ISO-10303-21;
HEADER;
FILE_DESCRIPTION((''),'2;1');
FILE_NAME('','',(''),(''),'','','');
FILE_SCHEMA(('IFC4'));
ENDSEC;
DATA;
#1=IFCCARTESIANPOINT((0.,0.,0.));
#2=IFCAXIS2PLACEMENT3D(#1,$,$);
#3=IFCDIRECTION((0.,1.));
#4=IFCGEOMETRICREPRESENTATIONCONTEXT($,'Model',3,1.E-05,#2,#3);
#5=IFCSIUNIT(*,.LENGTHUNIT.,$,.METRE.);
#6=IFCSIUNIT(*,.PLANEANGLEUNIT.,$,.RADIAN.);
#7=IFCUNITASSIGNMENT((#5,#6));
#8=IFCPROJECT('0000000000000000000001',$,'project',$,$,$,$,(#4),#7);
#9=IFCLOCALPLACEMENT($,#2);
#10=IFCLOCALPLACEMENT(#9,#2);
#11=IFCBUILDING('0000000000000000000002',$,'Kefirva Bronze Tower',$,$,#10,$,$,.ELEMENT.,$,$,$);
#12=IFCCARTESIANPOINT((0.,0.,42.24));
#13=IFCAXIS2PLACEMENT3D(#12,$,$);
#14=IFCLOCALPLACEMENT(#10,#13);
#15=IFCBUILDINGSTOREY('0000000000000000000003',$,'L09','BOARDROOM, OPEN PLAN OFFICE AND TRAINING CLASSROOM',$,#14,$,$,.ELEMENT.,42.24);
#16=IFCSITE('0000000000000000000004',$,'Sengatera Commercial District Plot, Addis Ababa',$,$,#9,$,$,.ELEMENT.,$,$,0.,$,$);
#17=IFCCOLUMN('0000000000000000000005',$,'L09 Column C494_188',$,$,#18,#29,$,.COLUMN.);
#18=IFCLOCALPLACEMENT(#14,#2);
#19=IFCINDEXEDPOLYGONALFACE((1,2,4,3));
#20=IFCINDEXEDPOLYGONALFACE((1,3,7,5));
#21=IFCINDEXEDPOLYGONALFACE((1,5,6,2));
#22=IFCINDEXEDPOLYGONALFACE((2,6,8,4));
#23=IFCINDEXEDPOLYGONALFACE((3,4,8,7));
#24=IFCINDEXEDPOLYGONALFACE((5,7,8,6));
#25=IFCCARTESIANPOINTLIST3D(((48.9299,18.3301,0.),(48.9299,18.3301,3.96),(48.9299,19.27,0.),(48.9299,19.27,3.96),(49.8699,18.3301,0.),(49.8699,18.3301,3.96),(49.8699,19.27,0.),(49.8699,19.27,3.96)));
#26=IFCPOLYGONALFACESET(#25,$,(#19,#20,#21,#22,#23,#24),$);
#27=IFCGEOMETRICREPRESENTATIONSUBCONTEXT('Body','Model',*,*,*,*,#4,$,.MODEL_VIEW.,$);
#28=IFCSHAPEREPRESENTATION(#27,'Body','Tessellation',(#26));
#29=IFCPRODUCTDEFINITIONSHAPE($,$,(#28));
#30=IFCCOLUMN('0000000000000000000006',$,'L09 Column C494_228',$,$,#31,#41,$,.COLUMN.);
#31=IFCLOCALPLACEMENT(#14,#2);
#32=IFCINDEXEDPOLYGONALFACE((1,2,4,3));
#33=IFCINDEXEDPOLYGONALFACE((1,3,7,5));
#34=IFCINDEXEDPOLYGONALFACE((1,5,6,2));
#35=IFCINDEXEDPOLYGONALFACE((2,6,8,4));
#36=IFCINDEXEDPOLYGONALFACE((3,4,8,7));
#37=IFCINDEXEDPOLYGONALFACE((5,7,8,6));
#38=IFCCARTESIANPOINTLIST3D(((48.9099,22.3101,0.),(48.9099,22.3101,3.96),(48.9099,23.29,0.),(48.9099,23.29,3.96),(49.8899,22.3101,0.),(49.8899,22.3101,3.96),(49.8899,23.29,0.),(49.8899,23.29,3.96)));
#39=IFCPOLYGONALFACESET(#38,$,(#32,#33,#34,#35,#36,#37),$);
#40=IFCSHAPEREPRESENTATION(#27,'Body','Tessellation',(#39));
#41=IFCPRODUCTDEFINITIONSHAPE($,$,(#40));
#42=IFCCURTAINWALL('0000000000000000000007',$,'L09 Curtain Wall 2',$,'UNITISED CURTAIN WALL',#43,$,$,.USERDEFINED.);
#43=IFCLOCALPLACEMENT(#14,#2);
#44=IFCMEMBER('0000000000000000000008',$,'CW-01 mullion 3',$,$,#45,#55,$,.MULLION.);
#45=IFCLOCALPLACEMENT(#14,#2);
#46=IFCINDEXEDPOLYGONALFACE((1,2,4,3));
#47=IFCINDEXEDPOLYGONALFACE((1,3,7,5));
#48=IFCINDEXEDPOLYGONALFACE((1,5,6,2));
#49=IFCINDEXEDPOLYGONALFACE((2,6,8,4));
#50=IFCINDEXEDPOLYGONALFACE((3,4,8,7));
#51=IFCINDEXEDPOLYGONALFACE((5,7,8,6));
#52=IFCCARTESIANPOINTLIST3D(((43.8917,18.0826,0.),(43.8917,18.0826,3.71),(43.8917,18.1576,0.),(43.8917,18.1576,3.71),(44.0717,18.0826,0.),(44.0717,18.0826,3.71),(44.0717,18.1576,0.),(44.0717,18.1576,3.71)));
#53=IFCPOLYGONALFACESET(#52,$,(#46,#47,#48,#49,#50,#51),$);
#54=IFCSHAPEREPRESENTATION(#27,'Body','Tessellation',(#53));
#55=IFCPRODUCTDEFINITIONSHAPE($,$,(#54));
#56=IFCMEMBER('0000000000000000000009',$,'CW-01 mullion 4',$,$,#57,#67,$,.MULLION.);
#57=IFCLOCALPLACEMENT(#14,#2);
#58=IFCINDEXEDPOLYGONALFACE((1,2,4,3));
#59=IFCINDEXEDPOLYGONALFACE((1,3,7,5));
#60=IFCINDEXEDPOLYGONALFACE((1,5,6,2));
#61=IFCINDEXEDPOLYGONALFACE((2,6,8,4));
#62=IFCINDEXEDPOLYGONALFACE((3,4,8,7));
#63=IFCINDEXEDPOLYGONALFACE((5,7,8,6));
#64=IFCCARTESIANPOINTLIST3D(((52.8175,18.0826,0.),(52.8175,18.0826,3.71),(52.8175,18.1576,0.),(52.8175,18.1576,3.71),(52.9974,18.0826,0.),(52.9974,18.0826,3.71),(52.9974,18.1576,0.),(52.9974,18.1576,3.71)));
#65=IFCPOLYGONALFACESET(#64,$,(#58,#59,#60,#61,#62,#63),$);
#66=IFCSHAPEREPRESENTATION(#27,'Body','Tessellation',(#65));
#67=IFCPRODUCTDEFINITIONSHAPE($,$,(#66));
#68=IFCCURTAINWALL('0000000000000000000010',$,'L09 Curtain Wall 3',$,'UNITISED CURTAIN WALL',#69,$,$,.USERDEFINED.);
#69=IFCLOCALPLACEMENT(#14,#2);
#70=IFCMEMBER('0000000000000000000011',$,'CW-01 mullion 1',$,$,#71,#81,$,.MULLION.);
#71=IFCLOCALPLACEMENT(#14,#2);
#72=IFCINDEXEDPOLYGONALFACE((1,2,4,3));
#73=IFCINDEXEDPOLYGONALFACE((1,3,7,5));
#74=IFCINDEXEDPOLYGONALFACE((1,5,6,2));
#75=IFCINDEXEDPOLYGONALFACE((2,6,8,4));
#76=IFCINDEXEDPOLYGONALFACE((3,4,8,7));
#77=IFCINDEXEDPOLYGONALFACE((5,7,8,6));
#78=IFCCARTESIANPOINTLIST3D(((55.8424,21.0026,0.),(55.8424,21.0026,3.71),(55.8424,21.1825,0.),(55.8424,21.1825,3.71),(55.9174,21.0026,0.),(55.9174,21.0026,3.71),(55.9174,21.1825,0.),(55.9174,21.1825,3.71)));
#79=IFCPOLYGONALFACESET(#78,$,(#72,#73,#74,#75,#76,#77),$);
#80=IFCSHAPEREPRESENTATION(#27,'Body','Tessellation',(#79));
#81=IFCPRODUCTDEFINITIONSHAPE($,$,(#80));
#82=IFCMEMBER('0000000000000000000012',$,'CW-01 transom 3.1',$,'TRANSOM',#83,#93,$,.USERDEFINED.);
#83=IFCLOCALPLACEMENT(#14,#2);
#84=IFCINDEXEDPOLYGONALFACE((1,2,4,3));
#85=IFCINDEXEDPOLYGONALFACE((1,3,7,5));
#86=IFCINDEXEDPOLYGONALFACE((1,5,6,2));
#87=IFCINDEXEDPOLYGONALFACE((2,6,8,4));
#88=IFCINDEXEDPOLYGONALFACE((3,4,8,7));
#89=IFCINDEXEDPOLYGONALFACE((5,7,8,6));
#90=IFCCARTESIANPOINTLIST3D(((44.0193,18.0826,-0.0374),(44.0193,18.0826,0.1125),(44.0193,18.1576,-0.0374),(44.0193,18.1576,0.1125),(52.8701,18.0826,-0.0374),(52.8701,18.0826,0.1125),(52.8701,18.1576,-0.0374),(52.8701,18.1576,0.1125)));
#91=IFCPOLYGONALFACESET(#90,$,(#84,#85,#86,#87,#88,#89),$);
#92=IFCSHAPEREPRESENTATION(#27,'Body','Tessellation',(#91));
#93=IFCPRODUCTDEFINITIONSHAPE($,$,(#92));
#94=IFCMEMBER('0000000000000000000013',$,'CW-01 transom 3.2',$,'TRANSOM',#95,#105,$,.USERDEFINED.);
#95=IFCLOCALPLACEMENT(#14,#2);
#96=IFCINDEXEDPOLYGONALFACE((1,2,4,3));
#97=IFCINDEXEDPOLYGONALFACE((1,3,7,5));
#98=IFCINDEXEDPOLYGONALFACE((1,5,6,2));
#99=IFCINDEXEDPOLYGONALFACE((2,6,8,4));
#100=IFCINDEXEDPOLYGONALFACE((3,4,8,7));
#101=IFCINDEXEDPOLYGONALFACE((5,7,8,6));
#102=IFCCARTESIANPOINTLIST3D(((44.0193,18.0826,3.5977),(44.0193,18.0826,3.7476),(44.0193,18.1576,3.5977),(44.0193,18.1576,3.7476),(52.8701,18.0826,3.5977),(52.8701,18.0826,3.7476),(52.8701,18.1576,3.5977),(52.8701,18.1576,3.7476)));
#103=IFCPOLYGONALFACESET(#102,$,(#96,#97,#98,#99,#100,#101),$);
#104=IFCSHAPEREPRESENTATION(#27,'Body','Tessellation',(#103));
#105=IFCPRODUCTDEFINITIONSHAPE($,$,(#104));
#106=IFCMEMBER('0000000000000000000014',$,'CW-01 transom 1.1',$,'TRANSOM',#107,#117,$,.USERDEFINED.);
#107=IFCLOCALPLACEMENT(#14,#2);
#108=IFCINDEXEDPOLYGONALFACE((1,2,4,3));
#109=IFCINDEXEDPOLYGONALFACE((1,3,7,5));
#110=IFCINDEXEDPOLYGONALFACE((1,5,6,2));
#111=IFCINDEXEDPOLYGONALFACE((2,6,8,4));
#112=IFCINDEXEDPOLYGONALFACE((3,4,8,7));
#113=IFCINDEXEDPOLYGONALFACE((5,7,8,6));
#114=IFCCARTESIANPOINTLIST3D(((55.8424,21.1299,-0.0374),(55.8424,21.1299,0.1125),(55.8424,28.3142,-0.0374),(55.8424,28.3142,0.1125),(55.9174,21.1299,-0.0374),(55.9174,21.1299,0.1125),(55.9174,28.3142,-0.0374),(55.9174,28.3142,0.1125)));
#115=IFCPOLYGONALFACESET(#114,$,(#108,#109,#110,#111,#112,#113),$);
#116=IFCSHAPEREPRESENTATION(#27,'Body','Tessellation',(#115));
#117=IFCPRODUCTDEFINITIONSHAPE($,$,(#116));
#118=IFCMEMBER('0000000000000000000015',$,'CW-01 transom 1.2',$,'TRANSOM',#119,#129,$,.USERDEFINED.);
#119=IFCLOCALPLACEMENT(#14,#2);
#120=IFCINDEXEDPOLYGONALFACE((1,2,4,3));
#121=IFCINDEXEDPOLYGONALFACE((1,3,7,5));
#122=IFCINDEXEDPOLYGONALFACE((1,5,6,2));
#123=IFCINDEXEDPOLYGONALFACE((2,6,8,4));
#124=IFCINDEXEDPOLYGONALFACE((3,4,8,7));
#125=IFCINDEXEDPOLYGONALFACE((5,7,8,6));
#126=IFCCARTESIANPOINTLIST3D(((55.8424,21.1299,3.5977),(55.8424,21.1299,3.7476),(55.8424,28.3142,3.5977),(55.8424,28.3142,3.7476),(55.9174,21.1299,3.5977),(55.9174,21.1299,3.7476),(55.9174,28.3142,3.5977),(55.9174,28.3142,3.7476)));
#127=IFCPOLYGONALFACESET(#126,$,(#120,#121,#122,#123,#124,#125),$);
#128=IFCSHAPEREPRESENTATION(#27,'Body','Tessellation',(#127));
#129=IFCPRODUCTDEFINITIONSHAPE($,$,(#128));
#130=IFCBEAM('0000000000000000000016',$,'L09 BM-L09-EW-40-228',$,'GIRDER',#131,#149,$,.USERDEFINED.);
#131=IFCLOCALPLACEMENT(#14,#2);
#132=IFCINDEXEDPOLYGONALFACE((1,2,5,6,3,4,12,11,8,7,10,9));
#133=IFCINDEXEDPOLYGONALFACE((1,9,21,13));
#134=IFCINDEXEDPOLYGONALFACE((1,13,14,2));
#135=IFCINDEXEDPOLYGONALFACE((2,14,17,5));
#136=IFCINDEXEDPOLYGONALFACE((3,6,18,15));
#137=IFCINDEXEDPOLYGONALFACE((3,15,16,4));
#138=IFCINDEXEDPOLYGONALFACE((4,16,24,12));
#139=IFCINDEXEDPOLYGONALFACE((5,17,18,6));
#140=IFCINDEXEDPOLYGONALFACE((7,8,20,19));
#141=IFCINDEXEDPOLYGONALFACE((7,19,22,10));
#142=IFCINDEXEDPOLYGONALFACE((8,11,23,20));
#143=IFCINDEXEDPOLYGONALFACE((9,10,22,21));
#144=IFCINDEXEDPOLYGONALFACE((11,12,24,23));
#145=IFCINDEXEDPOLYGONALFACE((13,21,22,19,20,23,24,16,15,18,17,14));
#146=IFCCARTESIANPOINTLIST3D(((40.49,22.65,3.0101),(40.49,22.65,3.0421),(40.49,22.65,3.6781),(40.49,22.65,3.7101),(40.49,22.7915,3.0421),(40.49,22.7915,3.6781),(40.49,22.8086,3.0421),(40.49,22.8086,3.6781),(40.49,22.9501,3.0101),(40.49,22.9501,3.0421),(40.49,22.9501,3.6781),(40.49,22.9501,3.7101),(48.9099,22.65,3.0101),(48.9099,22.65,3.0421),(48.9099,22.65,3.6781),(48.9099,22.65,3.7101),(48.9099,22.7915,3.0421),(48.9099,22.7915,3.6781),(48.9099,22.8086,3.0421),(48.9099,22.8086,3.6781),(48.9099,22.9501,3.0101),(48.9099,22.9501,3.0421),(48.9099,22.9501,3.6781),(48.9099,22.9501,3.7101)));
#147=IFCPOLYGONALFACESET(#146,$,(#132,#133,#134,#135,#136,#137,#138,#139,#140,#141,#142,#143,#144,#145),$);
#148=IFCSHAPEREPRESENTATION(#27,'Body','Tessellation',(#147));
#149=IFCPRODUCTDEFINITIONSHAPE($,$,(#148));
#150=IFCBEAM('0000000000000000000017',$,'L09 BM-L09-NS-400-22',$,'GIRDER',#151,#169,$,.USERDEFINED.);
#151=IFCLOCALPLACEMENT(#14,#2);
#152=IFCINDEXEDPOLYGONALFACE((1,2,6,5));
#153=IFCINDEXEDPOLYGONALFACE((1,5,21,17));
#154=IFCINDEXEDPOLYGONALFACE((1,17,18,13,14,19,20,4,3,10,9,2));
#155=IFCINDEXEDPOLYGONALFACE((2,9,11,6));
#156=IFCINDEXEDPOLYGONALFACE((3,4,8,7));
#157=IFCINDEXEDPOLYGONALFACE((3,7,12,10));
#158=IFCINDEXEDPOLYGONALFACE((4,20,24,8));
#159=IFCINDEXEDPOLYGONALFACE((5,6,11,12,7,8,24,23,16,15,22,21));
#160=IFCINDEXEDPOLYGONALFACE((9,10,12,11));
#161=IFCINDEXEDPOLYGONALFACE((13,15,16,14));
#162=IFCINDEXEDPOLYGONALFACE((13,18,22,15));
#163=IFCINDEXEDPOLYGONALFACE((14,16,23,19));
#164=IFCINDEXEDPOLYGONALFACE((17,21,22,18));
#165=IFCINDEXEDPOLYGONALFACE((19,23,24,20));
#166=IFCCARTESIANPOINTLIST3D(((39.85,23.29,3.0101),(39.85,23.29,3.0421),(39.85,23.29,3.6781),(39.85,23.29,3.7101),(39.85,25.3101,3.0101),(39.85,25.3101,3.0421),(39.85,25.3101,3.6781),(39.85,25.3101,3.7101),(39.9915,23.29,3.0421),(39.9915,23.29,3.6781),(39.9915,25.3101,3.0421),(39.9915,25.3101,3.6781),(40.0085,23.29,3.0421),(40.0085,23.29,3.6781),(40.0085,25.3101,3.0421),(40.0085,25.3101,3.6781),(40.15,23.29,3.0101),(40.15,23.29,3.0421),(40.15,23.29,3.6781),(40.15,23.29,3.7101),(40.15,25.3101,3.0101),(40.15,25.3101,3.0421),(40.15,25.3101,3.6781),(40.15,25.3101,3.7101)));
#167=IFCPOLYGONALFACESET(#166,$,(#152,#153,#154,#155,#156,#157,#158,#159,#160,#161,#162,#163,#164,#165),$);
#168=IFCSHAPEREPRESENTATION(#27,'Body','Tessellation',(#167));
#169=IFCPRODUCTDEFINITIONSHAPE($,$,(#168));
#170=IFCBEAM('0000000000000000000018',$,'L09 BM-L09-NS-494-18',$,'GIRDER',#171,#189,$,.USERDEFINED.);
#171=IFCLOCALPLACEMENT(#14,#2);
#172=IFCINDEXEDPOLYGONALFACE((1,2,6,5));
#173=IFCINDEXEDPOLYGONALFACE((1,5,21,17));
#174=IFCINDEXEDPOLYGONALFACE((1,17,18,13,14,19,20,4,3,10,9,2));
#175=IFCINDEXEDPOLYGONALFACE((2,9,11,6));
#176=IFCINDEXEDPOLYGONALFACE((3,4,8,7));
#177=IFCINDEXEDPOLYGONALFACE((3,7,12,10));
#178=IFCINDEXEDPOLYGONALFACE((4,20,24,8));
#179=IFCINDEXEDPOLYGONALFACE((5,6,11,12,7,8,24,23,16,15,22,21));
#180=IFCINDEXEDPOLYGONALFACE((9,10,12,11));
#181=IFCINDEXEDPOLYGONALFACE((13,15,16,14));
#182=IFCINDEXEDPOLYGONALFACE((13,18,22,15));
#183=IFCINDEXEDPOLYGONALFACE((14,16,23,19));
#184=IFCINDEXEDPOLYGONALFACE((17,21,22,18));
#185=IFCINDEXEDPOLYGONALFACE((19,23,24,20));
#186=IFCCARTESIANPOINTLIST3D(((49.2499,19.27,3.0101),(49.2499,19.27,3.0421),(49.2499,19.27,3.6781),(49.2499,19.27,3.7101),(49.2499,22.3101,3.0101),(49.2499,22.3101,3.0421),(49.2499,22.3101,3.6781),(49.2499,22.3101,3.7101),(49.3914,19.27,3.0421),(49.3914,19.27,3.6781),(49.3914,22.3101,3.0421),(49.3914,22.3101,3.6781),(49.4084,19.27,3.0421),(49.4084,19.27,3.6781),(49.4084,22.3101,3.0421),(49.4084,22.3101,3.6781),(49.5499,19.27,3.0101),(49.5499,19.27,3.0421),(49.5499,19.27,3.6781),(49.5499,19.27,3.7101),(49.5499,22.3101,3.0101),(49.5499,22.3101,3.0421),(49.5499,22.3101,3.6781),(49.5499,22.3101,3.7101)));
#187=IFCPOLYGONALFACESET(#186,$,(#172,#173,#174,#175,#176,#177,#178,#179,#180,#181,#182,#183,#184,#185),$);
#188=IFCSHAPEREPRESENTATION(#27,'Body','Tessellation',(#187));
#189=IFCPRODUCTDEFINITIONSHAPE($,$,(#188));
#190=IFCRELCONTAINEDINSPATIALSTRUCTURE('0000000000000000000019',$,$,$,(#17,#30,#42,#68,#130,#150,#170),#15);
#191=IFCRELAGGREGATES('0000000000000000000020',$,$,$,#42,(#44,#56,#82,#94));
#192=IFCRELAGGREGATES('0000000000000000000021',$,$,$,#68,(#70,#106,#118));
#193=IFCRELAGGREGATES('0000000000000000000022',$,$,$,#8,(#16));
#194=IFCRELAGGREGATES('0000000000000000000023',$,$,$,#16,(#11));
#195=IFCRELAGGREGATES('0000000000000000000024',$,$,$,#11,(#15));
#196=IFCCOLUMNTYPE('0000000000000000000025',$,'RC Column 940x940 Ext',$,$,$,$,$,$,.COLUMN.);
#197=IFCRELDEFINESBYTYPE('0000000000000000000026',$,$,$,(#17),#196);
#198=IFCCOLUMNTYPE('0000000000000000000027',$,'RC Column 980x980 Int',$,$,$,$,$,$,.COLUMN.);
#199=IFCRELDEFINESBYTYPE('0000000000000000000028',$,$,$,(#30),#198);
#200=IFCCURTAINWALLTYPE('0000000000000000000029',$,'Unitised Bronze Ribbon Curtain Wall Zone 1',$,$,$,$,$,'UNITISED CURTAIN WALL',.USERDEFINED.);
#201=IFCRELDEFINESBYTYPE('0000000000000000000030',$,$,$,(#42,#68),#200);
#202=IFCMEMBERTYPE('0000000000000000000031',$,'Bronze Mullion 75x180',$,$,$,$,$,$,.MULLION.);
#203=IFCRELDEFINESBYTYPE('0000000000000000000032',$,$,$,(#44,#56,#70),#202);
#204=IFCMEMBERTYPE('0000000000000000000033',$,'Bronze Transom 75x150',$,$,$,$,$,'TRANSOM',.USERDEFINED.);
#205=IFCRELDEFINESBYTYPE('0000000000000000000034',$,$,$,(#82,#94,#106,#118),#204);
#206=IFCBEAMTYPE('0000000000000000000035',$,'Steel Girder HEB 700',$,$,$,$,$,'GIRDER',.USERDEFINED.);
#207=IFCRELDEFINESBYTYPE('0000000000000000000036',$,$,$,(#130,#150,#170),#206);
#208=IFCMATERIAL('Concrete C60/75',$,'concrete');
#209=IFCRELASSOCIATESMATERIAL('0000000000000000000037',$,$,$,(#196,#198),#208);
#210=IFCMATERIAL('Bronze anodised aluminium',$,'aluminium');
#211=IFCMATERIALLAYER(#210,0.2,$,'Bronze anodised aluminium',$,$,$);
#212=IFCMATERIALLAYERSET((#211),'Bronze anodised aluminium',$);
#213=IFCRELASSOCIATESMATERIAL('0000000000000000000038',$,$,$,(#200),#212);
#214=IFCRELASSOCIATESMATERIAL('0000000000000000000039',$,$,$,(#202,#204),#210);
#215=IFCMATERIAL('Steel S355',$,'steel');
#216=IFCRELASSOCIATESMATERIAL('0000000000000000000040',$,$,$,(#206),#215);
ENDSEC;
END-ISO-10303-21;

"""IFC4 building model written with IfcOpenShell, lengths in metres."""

from ifc_helpers import new_model, si_unit, direction, frame, origin, origin_2d, place, context, subcontext, project, spatial, rectangle, i_section, extrude, material, layer, layer_set, material_profile, profile_set, type_object, element, aggregate, save


model = new_model("IFC4")

# Units and contexts
model_context = context("Model", 3, precision=1e-05, world=origin(), true_north=direction((0.0, 1.0)))
body_context = subcontext(model_context, "Body", "Model", "MODEL_VIEW")
ifc_project = project(units=[si_unit("LENGTHUNIT", "METRE"), si_unit("PLANEANGLEUNIT", "RADIAN")], contexts=[model_context])

# Site, building, storey
site_placement = place(None, origin())
site = spatial("IfcSite", under=ifc_project, at=site_placement, Name="Sengatera Commercial District Plot, Addis Ababa", CompositionType="ELEMENT", RefElevation=0.0)
building_placement = place(site_placement, origin())
building = spatial("IfcBuilding", under=site, at=building_placement, Name="Kefirva Bronze Tower", CompositionType="ELEMENT")
storey_placement = place(building_placement, frame((0.0, 0.0, 42.24)))
storey = spatial("IfcBuildingStorey", under=building, at=storey_placement, Name="L09", Description="BOARDROOM, OPEN PLAN OFFICE AND TRAINING CLASSROOM", CompositionType="ELEMENT", Elevation=42.24)

# Columns
ifc_material_1 = material(Name="Concrete C60/75", Category="concrete")
ifc_material_profile_1 = material_profile(ifc_material_1, rectangle(XDim=0.9399, YDim=0.9399, at=origin_2d()), Name="RC 940x940")
ifc_profile_set_1 = profile_set([ifc_material_profile_1], Name="Concrete C60/75")
column_type_1 = type_object("IfcColumnType", Name="RC Column 940x940 Ext", PredefinedType="COLUMN", material=ifc_profile_set_1)
column_1_placement = place(storey_placement, frame((49.3999, 18.8, 0.0), z_axis=(0.0, 0.0, 1.0), x_axis=(1.0, 0.0, 0.0)))
element("IfcColumn", 1, at=column_1_placement, inside=storey, type_object=column_type_1, Name="L09 Column C494_188", PredefinedType="COLUMN", context=body_context, shape_type="SweptSolid", body=[
    extrude(rectangle(XDim=0.9399, YDim=0.9399, at=origin_2d()), origin(), (0.0, 0.0, 1.0), 3.96),
])
ifc_material_profile_2 = material_profile(ifc_material_1, rectangle(XDim=0.98, YDim=0.98, at=origin_2d()), Name="RC 980x980")
ifc_profile_set_2 = profile_set([ifc_material_profile_2], Name="Concrete C60/75")
column_type_2 = type_object("IfcColumnType", Name="RC Column 980x980 Int", PredefinedType="COLUMN", material=ifc_profile_set_2)
column_2_placement = place(storey_placement, frame((49.3999, 22.8, 0.0), z_axis=(0.0, 0.0, 1.0), x_axis=(1.0, 0.0, 0.0)))
element("IfcColumn", 2, at=column_2_placement, inside=storey, type_object=column_type_2, Name="L09 Column C494_228", PredefinedType="COLUMN", context=body_context, shape_type="SweptSolid", body=[
    extrude(rectangle(XDim=0.98, YDim=0.98, at=origin_2d()), origin(), (0.0, 0.0, 1.0), 3.96),
])

# Curtain wall, members
ifc_material_2 = material(Name="Bronze anodised aluminium", Category="aluminium")
ifc_layer_1 = layer(ifc_material_2, 0.2, Name="Bronze anodised aluminium")
ifc_layer_set_1 = layer_set([ifc_layer_1], Name="Bronze anodised aluminium")
curtain_wall_type = type_object("IfcCurtainWallType", Name="Unitised Bronze Ribbon Curtain Wall Zone 1", ElementType="UNITISED CURTAIN WALL", PredefinedType="USERDEFINED", material=ifc_layer_set_1)
curtain_wall_1_placement = place(storey_placement, origin())
curtain_wall_1 = element("IfcCurtainWall", 3, at=curtain_wall_1_placement, inside=storey, type_object=curtain_wall_type, Name="L09 Curtain Wall 2", ObjectType="UNITISED CURTAIN WALL", PredefinedType="USERDEFINED")
ifc_material_profile_3 = material_profile(ifc_material_2, rectangle(XDim=0.075, YDim=0.1799, at=origin_2d()), Name="ALU 75x180")
ifc_profile_set_3 = profile_set([ifc_material_profile_3], Name="Bronze anodised aluminium")
member_type_1 = type_object("IfcMemberType", Name="Bronze Mullion 75x180", PredefinedType="MULLION", material=ifc_profile_set_3)
member_1_placement = place(storey_placement, frame((43.9817, 18.1201, 0.0), z_axis=(0.0, 0.0, 1.0), x_axis=(0.0, 1.0, 0.0)))
member_1 = element("IfcMember", 4, at=member_1_placement, type_object=member_type_1, Name="CW-01 mullion 3", PredefinedType="MULLION", context=body_context, shape_type="SweptSolid", body=[
    extrude(rectangle(XDim=0.075, YDim=0.1799, at=origin_2d()), origin(), (0.0, 0.0, 1.0), 3.71),
])
member_2_placement = place(storey_placement, frame((52.9075, 18.1201, 0.0), z_axis=(0.0, 0.0, 1.0), x_axis=(0.0, 1.0, 0.0)))
member_2 = element("IfcMember", 5, at=member_2_placement, type_object=member_type_1, Name="CW-01 mullion 4", PredefinedType="MULLION", context=body_context, shape_type="SweptSolid", body=[
    extrude(rectangle(XDim=0.075, YDim=0.1799, at=origin_2d()), origin(), (0.0, 0.0, 1.0), 3.71),
])

# Curtain wall, member
curtain_wall_2_placement = place(storey_placement, origin())
curtain_wall_2 = element("IfcCurtainWall", 6, at=curtain_wall_2_placement, inside=storey, type_object=curtain_wall_type, Name="L09 Curtain Wall 3", ObjectType="UNITISED CURTAIN WALL", PredefinedType="USERDEFINED")
member_3_placement = place(storey_placement, frame((55.8799, 21.0925, 0.0), z_axis=(0.0, 0.0, 1.0), x_axis=(-1.0, 0.0, 0.0)))
member_3 = element("IfcMember", 7, at=member_3_placement, type_object=member_type_1, Name="CW-01 mullion 1", PredefinedType="MULLION", context=body_context, shape_type="SweptSolid", body=[
    extrude(rectangle(XDim=0.075, YDim=0.1799, at=origin_2d()), origin(), (0.0, 0.0, 1.0), 3.71),
])

# Members
ifc_material_profile_4 = material_profile(ifc_material_2, rectangle(XDim=0.075, YDim=0.1499, at=origin_2d()), Name="ALU 75x150")
ifc_profile_set_4 = profile_set([ifc_material_profile_4], Name="Bronze anodised aluminium")
member_type_2 = type_object("IfcMemberType", Name="Bronze Transom 75x150", ElementType="TRANSOM", PredefinedType="USERDEFINED", material=ifc_profile_set_4)
member_4_placement = place(storey_placement, frame((44.0193, 18.1201, 0.0376), z_axis=(1.0, 0.0, 0.0), x_axis=(0.0, 1.0, 0.0)))
member_4 = element("IfcMember", 8, at=member_4_placement, type_object=member_type_2, Name="CW-01 transom 3.1", ObjectType="TRANSOM", PredefinedType="USERDEFINED", context=body_context, shape_type="SweptSolid", body=[
    extrude(rectangle(XDim=0.075, YDim=0.1499, at=origin_2d()), origin(), (0.0, 0.0, 1.0), 8.8508),
])
member_5_placement = place(storey_placement, frame((44.0193, 18.1201, 3.6726), z_axis=(1.0, 0.0, 0.0), x_axis=(0.0, 1.0, 0.0)))
member_5 = element("IfcMember", 9, at=member_5_placement, type_object=member_type_2, Name="CW-01 transom 3.2", ObjectType="TRANSOM", PredefinedType="USERDEFINED", context=body_context, shape_type="SweptSolid", body=[
    extrude(rectangle(XDim=0.075, YDim=0.1499, at=origin_2d()), origin(), (0.0, 0.0, 1.0), 8.8508),
])
member_6_placement = place(storey_placement, frame((55.8799, 21.1299, 0.0376), z_axis=(0.0, 1.0, 0.0), x_axis=(-1.0, 0.0, 0.0)))
member_6 = element("IfcMember", 10, at=member_6_placement, type_object=member_type_2, Name="CW-01 transom 1.1", ObjectType="TRANSOM", PredefinedType="USERDEFINED", context=body_context, shape_type="SweptSolid", body=[
    extrude(rectangle(XDim=0.075, YDim=0.1499, at=origin_2d()), origin(), (0.0, 0.0, 1.0), 7.1843),
])
member_7_placement = place(storey_placement, frame((55.8799, 21.1299, 3.6726), z_axis=(0.0, 1.0, 0.0), x_axis=(-1.0, 0.0, 0.0)))
member_7 = element("IfcMember", 11, at=member_7_placement, type_object=member_type_2, Name="CW-01 transom 1.2", ObjectType="TRANSOM", PredefinedType="USERDEFINED", context=body_context, shape_type="SweptSolid", body=[
    extrude(rectangle(XDim=0.075, YDim=0.1499, at=origin_2d()), origin(), (0.0, 0.0, 1.0), 7.1843),
])

# Beams
ifc_material_3 = material(Name="Steel S355", Category="steel")
ifc_material_profile_5 = material_profile(ifc_material_3, i_section(OverallWidth=0.3, OverallDepth=0.7, WebThickness=0.0171, FlangeThickness=0.032, at=origin_2d()), Name="HEB 700")
ifc_profile_set_5 = profile_set([ifc_material_profile_5], Name="Steel S355")
beam_type_1 = type_object("IfcBeamType", Name="Steel Girder HEB 700", ElementType="GIRDER", PredefinedType="USERDEFINED", material=ifc_profile_set_5)
beam_1_placement = place(storey_placement, frame((40.49, 22.8, 3.3601), z_axis=(1.0, 0.0, 0.0), x_axis=(0.0, 1.0, 0.0)))
element("IfcBeam", 12, at=beam_1_placement, inside=storey, type_object=beam_type_1, Name="L09 BM-L09-EW-40-228", ObjectType="GIRDER", PredefinedType="USERDEFINED", context=body_context, shape_type="SweptSolid", body=[
    extrude(i_section(OverallWidth=0.3, OverallDepth=0.7, WebThickness=0.0171, FlangeThickness=0.032, at=origin_2d()), origin(), (0.0, 0.0, 1.0), 8.4199),
])
beam_2_placement = place(storey_placement, frame((40.0, 23.29, 3.3601), z_axis=(0.0, 1.0, 0.0), x_axis=(-1.0, 0.0, 0.0)))
element("IfcBeam", 13, at=beam_2_placement, inside=storey, type_object=beam_type_1, Name="L09 BM-L09-NS-400-22", ObjectType="GIRDER", PredefinedType="USERDEFINED", context=body_context, shape_type="SweptSolid", body=[
    extrude(i_section(OverallWidth=0.3, OverallDepth=0.7, WebThickness=0.0171, FlangeThickness=0.032, at=origin_2d()), origin(), (0.0, 0.0, 1.0), 2.02),
])
beam_3_placement = place(storey_placement, frame((49.3999, 19.27, 3.3601), z_axis=(0.0, 1.0, 0.0), x_axis=(-1.0, 0.0, 0.0)))
element("IfcBeam", 14, at=beam_3_placement, inside=storey, type_object=beam_type_1, Name="L09 BM-L09-NS-494-18", ObjectType="GIRDER", PredefinedType="USERDEFINED", context=body_context, shape_type="SweptSolid", body=[
    extrude(i_section(OverallWidth=0.3, OverallDepth=0.7, WebThickness=0.0171, FlangeThickness=0.032, at=origin_2d()), origin(), (0.0, 0.0, 1.0), 3.04),
])

aggregate(curtain_wall_1, [member_1, member_2, member_4, member_5])
aggregate(curtain_wall_2, [member_3, member_6, member_7])

save(model, "model.ifc")
